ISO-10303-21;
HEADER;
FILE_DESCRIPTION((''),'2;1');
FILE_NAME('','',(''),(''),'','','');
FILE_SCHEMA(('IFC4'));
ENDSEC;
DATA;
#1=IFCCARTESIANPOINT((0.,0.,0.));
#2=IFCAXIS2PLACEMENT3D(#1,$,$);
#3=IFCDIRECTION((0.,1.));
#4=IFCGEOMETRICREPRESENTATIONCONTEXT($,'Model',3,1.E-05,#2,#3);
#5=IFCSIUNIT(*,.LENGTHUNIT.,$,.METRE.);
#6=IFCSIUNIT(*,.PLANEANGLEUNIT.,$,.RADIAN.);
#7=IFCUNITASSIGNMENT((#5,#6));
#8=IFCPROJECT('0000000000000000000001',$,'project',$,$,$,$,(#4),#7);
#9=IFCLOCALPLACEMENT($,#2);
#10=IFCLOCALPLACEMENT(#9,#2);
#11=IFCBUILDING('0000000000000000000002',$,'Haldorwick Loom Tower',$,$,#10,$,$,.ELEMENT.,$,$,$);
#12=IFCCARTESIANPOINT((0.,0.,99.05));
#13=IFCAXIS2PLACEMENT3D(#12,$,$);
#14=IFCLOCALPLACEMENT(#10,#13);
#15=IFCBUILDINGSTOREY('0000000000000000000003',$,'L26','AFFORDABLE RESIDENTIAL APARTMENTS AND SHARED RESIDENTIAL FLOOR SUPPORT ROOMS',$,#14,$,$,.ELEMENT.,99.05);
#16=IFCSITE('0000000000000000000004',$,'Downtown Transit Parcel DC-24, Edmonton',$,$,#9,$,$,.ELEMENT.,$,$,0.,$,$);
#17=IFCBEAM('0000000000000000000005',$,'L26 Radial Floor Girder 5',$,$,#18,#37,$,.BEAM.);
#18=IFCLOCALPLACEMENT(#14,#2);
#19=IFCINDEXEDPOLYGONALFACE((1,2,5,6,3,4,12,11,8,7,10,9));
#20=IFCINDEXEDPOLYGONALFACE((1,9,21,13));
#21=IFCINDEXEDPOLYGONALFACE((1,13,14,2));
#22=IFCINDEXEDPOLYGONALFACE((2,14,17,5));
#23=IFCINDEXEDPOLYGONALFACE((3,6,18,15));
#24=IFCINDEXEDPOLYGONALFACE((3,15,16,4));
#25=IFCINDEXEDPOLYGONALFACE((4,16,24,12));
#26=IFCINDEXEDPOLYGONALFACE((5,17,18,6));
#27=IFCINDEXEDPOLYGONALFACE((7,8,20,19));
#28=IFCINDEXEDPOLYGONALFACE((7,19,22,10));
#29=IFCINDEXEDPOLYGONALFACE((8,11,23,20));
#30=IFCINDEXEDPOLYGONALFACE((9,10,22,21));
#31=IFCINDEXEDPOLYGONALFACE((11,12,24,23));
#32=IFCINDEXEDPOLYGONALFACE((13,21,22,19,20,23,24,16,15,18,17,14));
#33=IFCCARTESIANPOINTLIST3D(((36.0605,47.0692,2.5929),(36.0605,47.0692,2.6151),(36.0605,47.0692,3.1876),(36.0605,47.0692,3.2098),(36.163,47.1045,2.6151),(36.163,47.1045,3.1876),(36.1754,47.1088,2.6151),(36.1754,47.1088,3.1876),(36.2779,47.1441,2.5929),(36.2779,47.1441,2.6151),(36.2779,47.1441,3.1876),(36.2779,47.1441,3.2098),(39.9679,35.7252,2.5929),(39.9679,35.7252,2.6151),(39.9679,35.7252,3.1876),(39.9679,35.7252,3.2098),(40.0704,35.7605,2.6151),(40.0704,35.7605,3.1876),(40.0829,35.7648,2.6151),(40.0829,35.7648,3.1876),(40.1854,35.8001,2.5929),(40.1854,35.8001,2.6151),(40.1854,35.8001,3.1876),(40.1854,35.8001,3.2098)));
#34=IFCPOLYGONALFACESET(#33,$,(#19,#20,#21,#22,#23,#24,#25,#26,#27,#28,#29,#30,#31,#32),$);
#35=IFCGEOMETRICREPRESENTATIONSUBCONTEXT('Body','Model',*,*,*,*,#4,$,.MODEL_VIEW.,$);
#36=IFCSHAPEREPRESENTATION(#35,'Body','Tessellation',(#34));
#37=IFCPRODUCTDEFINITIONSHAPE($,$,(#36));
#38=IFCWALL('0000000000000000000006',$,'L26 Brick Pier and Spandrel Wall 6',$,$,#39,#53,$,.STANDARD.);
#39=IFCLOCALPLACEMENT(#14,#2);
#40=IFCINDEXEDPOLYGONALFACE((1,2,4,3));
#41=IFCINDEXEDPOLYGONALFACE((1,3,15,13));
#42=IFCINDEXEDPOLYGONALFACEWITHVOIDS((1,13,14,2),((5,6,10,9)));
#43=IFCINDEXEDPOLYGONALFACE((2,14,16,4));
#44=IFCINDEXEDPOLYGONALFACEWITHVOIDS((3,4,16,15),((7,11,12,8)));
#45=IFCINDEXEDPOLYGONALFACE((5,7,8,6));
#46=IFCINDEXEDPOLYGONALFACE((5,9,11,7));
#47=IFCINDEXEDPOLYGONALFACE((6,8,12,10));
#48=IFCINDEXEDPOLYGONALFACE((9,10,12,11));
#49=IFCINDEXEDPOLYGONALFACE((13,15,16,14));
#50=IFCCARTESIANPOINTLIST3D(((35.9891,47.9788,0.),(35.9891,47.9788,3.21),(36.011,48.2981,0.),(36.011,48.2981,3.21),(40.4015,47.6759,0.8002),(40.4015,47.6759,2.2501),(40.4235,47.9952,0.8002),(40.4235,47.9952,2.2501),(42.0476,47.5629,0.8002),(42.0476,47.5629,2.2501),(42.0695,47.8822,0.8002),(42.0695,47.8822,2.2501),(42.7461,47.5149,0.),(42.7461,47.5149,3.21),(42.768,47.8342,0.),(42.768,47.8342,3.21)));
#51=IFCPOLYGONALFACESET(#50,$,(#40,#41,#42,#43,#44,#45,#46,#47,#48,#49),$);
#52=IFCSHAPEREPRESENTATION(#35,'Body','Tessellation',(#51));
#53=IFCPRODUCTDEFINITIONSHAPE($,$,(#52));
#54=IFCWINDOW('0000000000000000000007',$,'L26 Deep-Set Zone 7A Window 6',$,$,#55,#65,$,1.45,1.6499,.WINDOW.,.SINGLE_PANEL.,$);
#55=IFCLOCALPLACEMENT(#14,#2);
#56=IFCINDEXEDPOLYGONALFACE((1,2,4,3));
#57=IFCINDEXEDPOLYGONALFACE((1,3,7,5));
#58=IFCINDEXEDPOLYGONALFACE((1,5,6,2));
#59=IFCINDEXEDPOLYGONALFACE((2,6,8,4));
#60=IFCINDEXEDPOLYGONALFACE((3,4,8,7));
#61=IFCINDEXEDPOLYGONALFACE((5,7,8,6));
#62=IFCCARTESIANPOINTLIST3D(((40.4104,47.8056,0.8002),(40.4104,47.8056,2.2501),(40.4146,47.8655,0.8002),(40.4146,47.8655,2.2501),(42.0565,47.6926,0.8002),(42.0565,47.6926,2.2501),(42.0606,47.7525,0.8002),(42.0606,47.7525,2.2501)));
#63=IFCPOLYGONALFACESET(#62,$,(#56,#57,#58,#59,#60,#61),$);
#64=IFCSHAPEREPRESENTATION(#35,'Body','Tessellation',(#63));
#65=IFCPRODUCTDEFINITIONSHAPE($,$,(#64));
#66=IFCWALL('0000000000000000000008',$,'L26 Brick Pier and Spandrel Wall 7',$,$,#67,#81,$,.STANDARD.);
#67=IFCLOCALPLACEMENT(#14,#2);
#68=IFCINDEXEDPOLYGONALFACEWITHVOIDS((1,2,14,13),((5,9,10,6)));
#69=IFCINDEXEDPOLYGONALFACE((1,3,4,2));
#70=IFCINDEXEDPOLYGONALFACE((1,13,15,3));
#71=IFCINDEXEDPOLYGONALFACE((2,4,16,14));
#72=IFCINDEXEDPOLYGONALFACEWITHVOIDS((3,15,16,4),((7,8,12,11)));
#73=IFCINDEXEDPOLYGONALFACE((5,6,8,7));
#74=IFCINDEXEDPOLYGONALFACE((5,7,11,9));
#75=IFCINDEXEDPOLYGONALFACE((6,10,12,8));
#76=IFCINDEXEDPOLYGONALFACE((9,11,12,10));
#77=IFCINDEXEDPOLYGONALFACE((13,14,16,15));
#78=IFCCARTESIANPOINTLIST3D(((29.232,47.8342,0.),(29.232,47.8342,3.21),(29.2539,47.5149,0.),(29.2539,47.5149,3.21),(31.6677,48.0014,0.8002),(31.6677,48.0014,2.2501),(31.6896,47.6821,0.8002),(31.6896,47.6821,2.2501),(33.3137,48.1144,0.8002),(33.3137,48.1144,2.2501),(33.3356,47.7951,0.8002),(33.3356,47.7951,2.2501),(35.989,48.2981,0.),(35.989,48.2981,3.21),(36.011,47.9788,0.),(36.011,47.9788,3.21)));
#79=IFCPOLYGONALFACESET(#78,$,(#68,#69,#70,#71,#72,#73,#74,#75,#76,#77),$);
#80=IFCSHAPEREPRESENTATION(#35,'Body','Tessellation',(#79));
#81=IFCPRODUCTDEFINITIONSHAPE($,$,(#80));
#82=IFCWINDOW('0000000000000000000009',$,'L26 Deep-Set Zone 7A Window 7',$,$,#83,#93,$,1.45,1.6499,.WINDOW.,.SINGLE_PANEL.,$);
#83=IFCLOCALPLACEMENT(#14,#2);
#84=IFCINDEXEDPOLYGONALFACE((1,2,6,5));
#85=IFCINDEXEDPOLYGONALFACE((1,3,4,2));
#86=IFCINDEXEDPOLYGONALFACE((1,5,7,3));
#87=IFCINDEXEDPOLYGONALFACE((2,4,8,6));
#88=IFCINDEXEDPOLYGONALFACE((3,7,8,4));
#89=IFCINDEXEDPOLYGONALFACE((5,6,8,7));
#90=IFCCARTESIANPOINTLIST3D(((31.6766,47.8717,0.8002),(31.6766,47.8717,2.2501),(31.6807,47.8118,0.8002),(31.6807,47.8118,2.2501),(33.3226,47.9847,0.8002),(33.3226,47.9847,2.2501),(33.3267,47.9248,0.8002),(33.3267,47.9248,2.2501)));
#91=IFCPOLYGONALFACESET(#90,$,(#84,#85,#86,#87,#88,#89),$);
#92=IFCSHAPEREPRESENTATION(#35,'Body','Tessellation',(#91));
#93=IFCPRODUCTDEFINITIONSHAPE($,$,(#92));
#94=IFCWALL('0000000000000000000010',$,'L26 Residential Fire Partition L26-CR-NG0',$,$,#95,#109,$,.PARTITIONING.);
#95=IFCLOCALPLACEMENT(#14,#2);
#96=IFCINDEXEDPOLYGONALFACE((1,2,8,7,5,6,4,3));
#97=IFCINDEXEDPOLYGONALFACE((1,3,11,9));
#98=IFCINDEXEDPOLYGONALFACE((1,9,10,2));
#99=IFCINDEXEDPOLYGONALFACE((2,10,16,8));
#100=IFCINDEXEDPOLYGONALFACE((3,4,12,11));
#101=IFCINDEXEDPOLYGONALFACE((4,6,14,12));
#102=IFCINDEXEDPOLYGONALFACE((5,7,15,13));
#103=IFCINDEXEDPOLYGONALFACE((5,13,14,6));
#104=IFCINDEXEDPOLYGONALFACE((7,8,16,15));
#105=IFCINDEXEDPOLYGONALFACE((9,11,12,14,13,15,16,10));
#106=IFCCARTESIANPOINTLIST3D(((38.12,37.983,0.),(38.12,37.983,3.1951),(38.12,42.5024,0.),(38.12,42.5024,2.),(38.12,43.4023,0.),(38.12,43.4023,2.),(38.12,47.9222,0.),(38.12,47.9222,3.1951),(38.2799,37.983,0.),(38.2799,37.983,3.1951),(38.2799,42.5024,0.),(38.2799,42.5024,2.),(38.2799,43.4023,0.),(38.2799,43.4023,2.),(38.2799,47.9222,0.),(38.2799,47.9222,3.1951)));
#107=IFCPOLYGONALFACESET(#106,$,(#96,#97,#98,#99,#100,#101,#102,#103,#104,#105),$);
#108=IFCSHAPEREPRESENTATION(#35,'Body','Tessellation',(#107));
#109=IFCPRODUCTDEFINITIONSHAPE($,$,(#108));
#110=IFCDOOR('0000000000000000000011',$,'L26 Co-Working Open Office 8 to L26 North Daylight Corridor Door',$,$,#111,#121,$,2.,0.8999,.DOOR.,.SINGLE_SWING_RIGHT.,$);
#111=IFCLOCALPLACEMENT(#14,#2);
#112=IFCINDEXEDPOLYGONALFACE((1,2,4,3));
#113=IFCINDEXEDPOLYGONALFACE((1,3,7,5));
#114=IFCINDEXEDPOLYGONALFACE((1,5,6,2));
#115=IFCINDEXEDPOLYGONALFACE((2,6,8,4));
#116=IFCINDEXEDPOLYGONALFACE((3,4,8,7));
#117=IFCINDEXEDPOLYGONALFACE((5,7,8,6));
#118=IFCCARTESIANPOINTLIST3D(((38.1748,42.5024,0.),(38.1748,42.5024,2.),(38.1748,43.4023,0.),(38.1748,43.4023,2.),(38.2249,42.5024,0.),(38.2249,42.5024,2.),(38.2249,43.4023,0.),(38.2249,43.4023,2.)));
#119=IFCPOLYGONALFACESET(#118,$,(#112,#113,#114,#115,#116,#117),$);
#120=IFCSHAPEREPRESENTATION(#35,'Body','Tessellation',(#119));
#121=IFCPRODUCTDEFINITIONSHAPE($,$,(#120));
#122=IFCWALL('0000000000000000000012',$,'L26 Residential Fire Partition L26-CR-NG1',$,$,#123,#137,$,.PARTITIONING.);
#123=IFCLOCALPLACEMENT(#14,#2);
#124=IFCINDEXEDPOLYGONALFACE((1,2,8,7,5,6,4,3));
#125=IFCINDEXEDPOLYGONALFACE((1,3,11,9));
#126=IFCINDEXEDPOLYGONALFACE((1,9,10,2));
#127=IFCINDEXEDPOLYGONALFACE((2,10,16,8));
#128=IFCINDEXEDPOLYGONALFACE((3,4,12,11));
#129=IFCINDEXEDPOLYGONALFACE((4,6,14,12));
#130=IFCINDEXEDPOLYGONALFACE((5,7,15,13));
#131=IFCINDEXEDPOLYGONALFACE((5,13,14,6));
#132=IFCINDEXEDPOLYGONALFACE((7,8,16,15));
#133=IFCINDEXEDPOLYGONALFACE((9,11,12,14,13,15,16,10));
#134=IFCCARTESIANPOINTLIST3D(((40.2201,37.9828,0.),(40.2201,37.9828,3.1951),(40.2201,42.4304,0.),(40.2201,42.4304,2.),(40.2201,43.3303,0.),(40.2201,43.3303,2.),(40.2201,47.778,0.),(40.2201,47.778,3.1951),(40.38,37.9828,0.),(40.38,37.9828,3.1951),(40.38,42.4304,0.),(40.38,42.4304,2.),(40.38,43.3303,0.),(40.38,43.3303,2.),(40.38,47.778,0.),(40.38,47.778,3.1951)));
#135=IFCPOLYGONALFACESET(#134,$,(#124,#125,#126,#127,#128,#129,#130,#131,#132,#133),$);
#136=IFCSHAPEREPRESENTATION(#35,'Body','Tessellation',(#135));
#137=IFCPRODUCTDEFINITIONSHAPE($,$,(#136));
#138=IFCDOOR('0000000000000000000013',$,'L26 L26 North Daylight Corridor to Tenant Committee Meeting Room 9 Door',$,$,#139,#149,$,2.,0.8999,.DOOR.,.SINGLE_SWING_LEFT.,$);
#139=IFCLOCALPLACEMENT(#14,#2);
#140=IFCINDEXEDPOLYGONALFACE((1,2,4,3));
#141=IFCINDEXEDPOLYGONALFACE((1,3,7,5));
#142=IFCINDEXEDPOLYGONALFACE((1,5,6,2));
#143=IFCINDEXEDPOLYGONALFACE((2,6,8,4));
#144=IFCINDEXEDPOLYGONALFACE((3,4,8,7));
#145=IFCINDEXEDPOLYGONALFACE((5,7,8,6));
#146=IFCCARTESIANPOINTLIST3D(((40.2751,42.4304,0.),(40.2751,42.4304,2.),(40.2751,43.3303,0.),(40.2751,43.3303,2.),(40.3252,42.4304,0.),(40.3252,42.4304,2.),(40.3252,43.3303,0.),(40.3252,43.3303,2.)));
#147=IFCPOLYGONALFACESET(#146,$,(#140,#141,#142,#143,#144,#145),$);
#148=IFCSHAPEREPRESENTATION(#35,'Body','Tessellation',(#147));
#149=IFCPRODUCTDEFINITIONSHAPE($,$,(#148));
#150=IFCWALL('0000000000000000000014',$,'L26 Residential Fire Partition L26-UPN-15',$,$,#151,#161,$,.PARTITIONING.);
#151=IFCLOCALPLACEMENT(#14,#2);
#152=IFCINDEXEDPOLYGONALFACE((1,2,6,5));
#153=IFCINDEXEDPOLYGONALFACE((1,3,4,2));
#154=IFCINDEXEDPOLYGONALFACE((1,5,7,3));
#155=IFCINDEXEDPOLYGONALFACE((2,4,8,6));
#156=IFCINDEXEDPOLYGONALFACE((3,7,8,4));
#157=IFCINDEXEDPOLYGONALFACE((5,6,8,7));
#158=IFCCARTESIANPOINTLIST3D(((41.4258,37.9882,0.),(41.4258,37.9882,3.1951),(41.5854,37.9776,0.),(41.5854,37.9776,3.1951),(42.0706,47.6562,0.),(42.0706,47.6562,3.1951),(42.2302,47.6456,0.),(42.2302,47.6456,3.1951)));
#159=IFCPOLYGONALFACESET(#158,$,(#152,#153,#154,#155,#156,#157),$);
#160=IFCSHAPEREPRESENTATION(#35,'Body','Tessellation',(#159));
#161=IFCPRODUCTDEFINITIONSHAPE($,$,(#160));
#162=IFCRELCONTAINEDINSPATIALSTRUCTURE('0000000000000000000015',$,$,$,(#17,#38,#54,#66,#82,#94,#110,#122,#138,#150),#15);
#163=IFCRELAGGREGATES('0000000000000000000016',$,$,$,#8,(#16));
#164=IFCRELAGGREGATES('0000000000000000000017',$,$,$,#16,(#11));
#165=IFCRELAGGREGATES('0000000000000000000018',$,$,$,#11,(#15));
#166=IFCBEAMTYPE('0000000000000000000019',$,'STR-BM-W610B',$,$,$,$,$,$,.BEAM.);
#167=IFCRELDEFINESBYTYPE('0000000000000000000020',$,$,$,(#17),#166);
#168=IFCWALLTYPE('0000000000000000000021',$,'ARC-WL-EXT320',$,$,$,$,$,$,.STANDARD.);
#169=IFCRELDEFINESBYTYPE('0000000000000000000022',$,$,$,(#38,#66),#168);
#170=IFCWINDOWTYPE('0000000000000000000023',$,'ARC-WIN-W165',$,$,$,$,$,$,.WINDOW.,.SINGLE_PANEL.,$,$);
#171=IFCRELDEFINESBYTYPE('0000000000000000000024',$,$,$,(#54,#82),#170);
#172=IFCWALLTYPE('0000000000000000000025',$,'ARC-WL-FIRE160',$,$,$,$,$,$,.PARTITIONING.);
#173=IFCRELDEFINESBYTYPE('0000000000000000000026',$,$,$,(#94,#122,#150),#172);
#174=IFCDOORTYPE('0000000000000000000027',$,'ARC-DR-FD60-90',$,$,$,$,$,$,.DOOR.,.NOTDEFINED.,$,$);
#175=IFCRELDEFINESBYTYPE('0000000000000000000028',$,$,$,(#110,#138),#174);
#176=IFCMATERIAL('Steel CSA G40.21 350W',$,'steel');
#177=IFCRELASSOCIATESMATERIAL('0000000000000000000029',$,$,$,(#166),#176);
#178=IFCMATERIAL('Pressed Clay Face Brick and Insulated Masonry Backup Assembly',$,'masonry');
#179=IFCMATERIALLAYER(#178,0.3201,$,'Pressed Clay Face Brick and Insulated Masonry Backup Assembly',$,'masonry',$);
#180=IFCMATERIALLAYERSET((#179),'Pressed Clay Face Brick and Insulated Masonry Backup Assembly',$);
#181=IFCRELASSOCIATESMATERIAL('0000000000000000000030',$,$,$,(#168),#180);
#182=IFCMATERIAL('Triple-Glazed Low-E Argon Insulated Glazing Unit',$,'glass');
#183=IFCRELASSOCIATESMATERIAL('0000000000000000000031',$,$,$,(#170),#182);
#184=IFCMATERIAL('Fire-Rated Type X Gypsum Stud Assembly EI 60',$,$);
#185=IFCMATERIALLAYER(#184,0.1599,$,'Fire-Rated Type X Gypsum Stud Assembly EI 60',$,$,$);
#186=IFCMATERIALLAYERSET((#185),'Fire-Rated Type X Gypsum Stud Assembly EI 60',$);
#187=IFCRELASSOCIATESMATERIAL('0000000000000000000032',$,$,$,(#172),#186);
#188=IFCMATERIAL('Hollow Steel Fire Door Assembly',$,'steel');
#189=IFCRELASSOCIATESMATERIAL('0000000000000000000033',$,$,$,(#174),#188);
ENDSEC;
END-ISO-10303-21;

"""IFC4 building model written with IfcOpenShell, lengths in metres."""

from ifc_helpers import new_model, si_unit, direction, frame, frame_2d, origin, origin_2d, place, context, subcontext, project, spatial, rectangle, i_section, extrude, material, layer, layer_set, material_profile, profile_set, type_object, element, fill, save


model = new_model("IFC4")

# Units and contexts
model_context = context("Model", 3, precision=1e-05, world=origin(), true_north=direction((0.0, 1.0)))
body_context = subcontext(model_context, "Body", "Model", "MODEL_VIEW")
ifc_project = project(units=[si_unit("LENGTHUNIT", "METRE"), si_unit("PLANEANGLEUNIT", "RADIAN")], contexts=[model_context])

# Site, building, storey
site_placement = place(None, origin())
site = spatial("IfcSite", under=ifc_project, at=site_placement, Name="Downtown Transit Parcel DC-24, Edmonton", CompositionType="ELEMENT", RefElevation=0.0)
building_placement = place(site_placement, origin())
building = spatial("IfcBuilding", under=site, at=building_placement, Name="Haldorwick Loom Tower", CompositionType="ELEMENT")
storey_placement = place(building_placement, frame((0.0, 0.0, 99.05)))
storey = spatial("IfcBuildingStorey", under=building, at=storey_placement, Name="L26", Description="AFFORDABLE RESIDENTIAL APARTMENTS AND SHARED RESIDENTIAL FLOOR SUPPORT ROOMS", CompositionType="ELEMENT", Elevation=99.05)

# Beam
ifc_material_1 = material(Name="Steel CSA G40.21 350W", Category="steel")
ifc_material_profile_1 = material_profile(ifc_material_1, i_section(OverallWidth=0.23, OverallDepth=0.6169, WebThickness=0.0132, FlangeThickness=0.0222, at=origin_2d()), Name="W610X140", Category="steel")
ifc_profile_set_1 = profile_set([ifc_material_profile_1], Name="Steel CSA G40.21 350W")
beam_type_1 = type_object("IfcBeamType", Name="STR-BM-W610B", PredefinedType="BEAM", material=ifc_profile_set_1)
beam_1_placement = place(storey_placement, frame((40.0767, 35.7627, 2.9014), z_axis=(-0.325674, 0.945482, 0.0), x_axis=(-0.945482, -0.325674, 0.0)))
element("IfcBeam", 1, at=beam_1_placement, inside=storey, type_object=beam_type_1, Name="L26 Radial Floor Girder 5", PredefinedType="BEAM", context=body_context, shape_type="SweptSolid", body=[
    extrude(i_section(OverallWidth=0.23, OverallDepth=0.6169, WebThickness=0.0132, FlangeThickness=0.0222, at=origin_2d()), origin(), (0.0, 0.0, 1.0), 11.998),
])

# Walls, openings, windows
ifc_material_2 = material(Name="Pressed Clay Face Brick and Insulated Masonry Backup Assembly", Category="masonry")
ifc_layer_1 = layer(ifc_material_2, 0.3201, Name="Pressed Clay Face Brick and Insulated Masonry Backup Assembly", Category="masonry")
ifc_layer_set_1 = layer_set([ifc_layer_1], Name="Pressed Clay Face Brick and Insulated Masonry Backup Assembly")
wall_type_1 = type_object("IfcWallType", Name="ARC-WL-EXT320", PredefinedType="STANDARD", material=ifc_layer_set_1)
wall_1_placement = place(storey_placement, frame((42.7571, 47.6746, 0.0), z_axis=(0.0, 0.0, 1.0), x_axis=(-0.997652, 0.068488, 0.0)))
wall_1 = element("IfcWall", 2, at=wall_1_placement, inside=storey, type_object=wall_type_1, Name="L26 Brick Pier and Spandrel Wall 6", PredefinedType="STANDARD", context=body_context, shape_type="SweptSolid", body=[
    extrude(rectangle(XDim=6.7729, YDim=0.3201, at=frame_2d((3.3865, 0.0))), origin(), (0.0, 0.0, 1.0), 3.21),
])
opening_1_placement = place(wall_1_placement, frame((0.7002, 0.0, 0.8)))
opening_1 = element("IfcOpeningElement", 3, at=opening_1_placement, cuts=wall_1, PredefinedType="OPENING", context=body_context, shape_type="SweptSolid", body=[
    extrude(rectangle(XDim=1.6499, YDim=1.45, at=frame_2d((0.825, 0.7251))), frame((0.0, 0.1699, 0.0), z_axis=(0.0, -1.0, 0.0), x_axis=(1.0, 0.0, 0.0)), (0.0, 0.0, 1.0), 0.3401),
])
ifc_material_3 = material(Name="Triple-Glazed Low-E Argon Insulated Glazing Unit", Category="glass")
window_type = type_object("IfcWindowType", Name="ARC-WIN-W165", PartitioningType="SINGLE_PANEL", PredefinedType="WINDOW", material=ifc_material_3)
window_1_placement = place(opening_1_placement, origin())
window_1 = element("IfcWindow", 4, at=window_1_placement, inside=storey, type_object=window_type, Name="L26 Deep-Set Zone 7A Window 6", OverallHeight=1.45, OverallWidth=1.6499, PartitioningType="SINGLE_PANEL", PredefinedType="WINDOW", context=body_context, shape_type="SweptSolid", body=[
    extrude(rectangle(XDim=1.6499, YDim=1.45, at=frame_2d((0.825, 0.7251))), frame((0.0, 0.03, 0.0), z_axis=(0.0, -1.0, 0.0), x_axis=(1.0, 0.0, 0.0)), (0.0, 0.0, 1.0), 0.0601),
])
fill(opening_1, window_1)
wall_2_placement = place(storey_placement, frame((36.0, 48.1384, 0.0), z_axis=(0.0, 0.0, 1.0), x_axis=(-0.997652, -0.068488, 0.0)))
wall_2 = element("IfcWall", 5, at=wall_2_placement, inside=storey, type_object=wall_type_1, Name="L26 Brick Pier and Spandrel Wall 7", PredefinedType="STANDARD", context=body_context, shape_type="SweptSolid", body=[
    extrude(rectangle(XDim=6.7729, YDim=0.3201, at=frame_2d((3.3865, 0.0))), origin(), (0.0, 0.0, 1.0), 3.21),
])
opening_2_placement = place(wall_2_placement, frame((2.6816, 0.0, 0.8)))
opening_2 = element("IfcOpeningElement", 6, at=opening_2_placement, cuts=wall_2, PredefinedType="OPENING", context=body_context, shape_type="SweptSolid", body=[
    extrude(rectangle(XDim=1.6499, YDim=1.45, at=frame_2d((0.825, 0.7251))), frame((0.0, 0.1699, 0.0), z_axis=(0.0, -1.0, 0.0), x_axis=(1.0, 0.0, 0.0)), (0.0, 0.0, 1.0), 0.3401),
])
window_2_placement = place(opening_2_placement, origin())
window_2 = element("IfcWindow", 7, at=window_2_placement, inside=storey, type_object=window_type, Name="L26 Deep-Set Zone 7A Window 7", OverallHeight=1.45, OverallWidth=1.6499, PartitioningType="SINGLE_PANEL", PredefinedType="WINDOW", context=body_context, shape_type="SweptSolid", body=[
    extrude(rectangle(XDim=1.6499, YDim=1.45, at=frame_2d((0.825, 0.7251))), frame((0.0, 0.03, 0.0), z_axis=(0.0, -1.0, 0.0), x_axis=(1.0, 0.0, 0.0)), (0.0, 0.0, 1.0), 0.0601),
])
fill(opening_2, window_2)

# Walls, openings, doors
ifc_material_4 = material(Name="Fire-Rated Type X Gypsum Stud Assembly EI 60")
ifc_layer_2 = layer(ifc_material_4, 0.1599, Name="Fire-Rated Type X Gypsum Stud Assembly EI 60")
ifc_layer_set_2 = layer_set([ifc_layer_2], Name="Fire-Rated Type X Gypsum Stud Assembly EI 60")
wall_type_2 = type_object("IfcWallType", Name="ARC-WL-FIRE160", PredefinedType="PARTITIONING", material=ifc_layer_set_2)
wall_3_placement = place(storey_placement, frame((38.2, 37.9829, 0.0), z_axis=(0.0, 0.0, 1.0), x_axis=(0.0, 1.0, 0.0)))
wall_3 = element("IfcWall", 8, at=wall_3_placement, inside=storey, type_object=wall_type_2, Name="L26 Residential Fire Partition L26-CR-NG0", PredefinedType="PARTITIONING", context=body_context, shape_type="SweptSolid", body=[
    extrude(rectangle(XDim=9.9392, YDim=0.1599, at=frame_2d((4.9697, 0.0))), origin(), (0.0, 0.0, 1.0), 3.1951),
])
opening_3_placement = place(wall_3_placement, frame((4.5195, 0.0, 0.0)))
opening_3 = element("IfcOpeningElement", 9, at=opening_3_placement, cuts=wall_3, PredefinedType="OPENING", context=body_context, shape_type="SweptSolid", body=[
    extrude(rectangle(XDim=0.8999, YDim=2.0, at=frame_2d((0.45, 1.0))), frame((0.0, 0.0898, 0.0), z_axis=(0.0, -1.0, 0.0), x_axis=(1.0, 0.0, 0.0)), (0.0, 0.0, 1.0), 0.1799),
])
ifc_material_5 = material(Name="Hollow Steel Fire Door Assembly", Category="steel")
door_type = type_object("IfcDoorType", Name="ARC-DR-FD60-90", OperationType="NOTDEFINED", PredefinedType="DOOR", material=ifc_material_5)
door_1_placement = place(opening_3_placement, frame((0.8999, 0.0, 0.0), z_axis=(0.0, 0.0, 1.0), x_axis=(-1.0, 0.0, 0.0)))
door_1 = element("IfcDoor", 10, at=door_1_placement, inside=storey, type_object=door_type, Name="L26 Co-Working Open Office 8 to L26 North Daylight Corridor Door", OperationType="SINGLE_SWING_RIGHT", OverallHeight=2.0, OverallWidth=0.8999, PredefinedType="DOOR", context=body_context, shape_type="SweptSolid", body=[
    extrude(rectangle(XDim=0.8999, YDim=2.0, at=frame_2d((0.45, 1.0))), frame((0.0, 0.0249, 0.0), z_axis=(0.0, -1.0, 0.0), x_axis=(1.0, 0.0, 0.0)), (0.0, 0.0, 1.0), 0.05),
])
fill(opening_3, door_1)
wall_4_placement = place(storey_placement, frame((40.3, 37.9829, 0.0), z_axis=(0.0, 0.0, 1.0), x_axis=(0.0, 1.0, 0.0)))
wall_4 = element("IfcWall", 11, at=wall_4_placement, inside=storey, type_object=wall_type_2, Name="L26 Residential Fire Partition L26-CR-NG1", PredefinedType="PARTITIONING", context=body_context, shape_type="SweptSolid", body=[
    extrude(rectangle(XDim=9.7952, YDim=0.1599, at=frame_2d((4.8975, 0.0))), origin(), (0.0, 0.0, 1.0), 3.1951),
])
opening_4_placement = place(wall_4_placement, frame((4.4475, 0.0, 0.0)))
opening_4 = element("IfcOpeningElement", 12, at=opening_4_placement, cuts=wall_4, PredefinedType="OPENING", context=body_context, shape_type="SweptSolid", body=[
    extrude(rectangle(XDim=0.8999, YDim=2.0, at=frame_2d((0.45, 1.0))), frame((0.0, 0.0898, 0.0), z_axis=(0.0, -1.0, 0.0), x_axis=(1.0, 0.0, 0.0)), (0.0, 0.0, 1.0), 0.1799),
])
door_2_placement = place(opening_4_placement, origin())
door_2 = element("IfcDoor", 13, at=door_2_placement, inside=storey, type_object=door_type, Name="L26 L26 North Daylight Corridor to Tenant Committee Meeting Room 9 Door", OperationType="SINGLE_SWING_LEFT", OverallHeight=2.0, OverallWidth=0.8999, PredefinedType="DOOR", context=body_context, shape_type="SweptSolid", body=[
    extrude(rectangle(XDim=0.8999, YDim=2.0, at=frame_2d((0.45, 1.0))), frame((0.0, 0.0249, 0.0), z_axis=(0.0, -1.0, 0.0), x_axis=(1.0, 0.0, 0.0)), (0.0, 0.0, 1.0), 0.05),
])
fill(opening_4, door_2)

# Wall
wall_5_placement = place(storey_placement, frame((41.5056, 37.9829, 0.0), z_axis=(0.0, 0.0, 1.0), x_axis=(0.066544, 0.997783, 0.0)))
element("IfcWall", 14, at=wall_5_placement, inside=storey, type_object=wall_type_2, Name="L26 Residential Fire Partition L26-UPN-15", PredefinedType="PARTITIONING", context=body_context, shape_type="SweptSolid", body=[
    extrude(rectangle(XDim=9.6895, YDim=0.1599, at=frame_2d((4.8447, 0.0))), origin(), (0.0, 0.0, 1.0), 3.1951),
])

save(model, "model.ifc")
